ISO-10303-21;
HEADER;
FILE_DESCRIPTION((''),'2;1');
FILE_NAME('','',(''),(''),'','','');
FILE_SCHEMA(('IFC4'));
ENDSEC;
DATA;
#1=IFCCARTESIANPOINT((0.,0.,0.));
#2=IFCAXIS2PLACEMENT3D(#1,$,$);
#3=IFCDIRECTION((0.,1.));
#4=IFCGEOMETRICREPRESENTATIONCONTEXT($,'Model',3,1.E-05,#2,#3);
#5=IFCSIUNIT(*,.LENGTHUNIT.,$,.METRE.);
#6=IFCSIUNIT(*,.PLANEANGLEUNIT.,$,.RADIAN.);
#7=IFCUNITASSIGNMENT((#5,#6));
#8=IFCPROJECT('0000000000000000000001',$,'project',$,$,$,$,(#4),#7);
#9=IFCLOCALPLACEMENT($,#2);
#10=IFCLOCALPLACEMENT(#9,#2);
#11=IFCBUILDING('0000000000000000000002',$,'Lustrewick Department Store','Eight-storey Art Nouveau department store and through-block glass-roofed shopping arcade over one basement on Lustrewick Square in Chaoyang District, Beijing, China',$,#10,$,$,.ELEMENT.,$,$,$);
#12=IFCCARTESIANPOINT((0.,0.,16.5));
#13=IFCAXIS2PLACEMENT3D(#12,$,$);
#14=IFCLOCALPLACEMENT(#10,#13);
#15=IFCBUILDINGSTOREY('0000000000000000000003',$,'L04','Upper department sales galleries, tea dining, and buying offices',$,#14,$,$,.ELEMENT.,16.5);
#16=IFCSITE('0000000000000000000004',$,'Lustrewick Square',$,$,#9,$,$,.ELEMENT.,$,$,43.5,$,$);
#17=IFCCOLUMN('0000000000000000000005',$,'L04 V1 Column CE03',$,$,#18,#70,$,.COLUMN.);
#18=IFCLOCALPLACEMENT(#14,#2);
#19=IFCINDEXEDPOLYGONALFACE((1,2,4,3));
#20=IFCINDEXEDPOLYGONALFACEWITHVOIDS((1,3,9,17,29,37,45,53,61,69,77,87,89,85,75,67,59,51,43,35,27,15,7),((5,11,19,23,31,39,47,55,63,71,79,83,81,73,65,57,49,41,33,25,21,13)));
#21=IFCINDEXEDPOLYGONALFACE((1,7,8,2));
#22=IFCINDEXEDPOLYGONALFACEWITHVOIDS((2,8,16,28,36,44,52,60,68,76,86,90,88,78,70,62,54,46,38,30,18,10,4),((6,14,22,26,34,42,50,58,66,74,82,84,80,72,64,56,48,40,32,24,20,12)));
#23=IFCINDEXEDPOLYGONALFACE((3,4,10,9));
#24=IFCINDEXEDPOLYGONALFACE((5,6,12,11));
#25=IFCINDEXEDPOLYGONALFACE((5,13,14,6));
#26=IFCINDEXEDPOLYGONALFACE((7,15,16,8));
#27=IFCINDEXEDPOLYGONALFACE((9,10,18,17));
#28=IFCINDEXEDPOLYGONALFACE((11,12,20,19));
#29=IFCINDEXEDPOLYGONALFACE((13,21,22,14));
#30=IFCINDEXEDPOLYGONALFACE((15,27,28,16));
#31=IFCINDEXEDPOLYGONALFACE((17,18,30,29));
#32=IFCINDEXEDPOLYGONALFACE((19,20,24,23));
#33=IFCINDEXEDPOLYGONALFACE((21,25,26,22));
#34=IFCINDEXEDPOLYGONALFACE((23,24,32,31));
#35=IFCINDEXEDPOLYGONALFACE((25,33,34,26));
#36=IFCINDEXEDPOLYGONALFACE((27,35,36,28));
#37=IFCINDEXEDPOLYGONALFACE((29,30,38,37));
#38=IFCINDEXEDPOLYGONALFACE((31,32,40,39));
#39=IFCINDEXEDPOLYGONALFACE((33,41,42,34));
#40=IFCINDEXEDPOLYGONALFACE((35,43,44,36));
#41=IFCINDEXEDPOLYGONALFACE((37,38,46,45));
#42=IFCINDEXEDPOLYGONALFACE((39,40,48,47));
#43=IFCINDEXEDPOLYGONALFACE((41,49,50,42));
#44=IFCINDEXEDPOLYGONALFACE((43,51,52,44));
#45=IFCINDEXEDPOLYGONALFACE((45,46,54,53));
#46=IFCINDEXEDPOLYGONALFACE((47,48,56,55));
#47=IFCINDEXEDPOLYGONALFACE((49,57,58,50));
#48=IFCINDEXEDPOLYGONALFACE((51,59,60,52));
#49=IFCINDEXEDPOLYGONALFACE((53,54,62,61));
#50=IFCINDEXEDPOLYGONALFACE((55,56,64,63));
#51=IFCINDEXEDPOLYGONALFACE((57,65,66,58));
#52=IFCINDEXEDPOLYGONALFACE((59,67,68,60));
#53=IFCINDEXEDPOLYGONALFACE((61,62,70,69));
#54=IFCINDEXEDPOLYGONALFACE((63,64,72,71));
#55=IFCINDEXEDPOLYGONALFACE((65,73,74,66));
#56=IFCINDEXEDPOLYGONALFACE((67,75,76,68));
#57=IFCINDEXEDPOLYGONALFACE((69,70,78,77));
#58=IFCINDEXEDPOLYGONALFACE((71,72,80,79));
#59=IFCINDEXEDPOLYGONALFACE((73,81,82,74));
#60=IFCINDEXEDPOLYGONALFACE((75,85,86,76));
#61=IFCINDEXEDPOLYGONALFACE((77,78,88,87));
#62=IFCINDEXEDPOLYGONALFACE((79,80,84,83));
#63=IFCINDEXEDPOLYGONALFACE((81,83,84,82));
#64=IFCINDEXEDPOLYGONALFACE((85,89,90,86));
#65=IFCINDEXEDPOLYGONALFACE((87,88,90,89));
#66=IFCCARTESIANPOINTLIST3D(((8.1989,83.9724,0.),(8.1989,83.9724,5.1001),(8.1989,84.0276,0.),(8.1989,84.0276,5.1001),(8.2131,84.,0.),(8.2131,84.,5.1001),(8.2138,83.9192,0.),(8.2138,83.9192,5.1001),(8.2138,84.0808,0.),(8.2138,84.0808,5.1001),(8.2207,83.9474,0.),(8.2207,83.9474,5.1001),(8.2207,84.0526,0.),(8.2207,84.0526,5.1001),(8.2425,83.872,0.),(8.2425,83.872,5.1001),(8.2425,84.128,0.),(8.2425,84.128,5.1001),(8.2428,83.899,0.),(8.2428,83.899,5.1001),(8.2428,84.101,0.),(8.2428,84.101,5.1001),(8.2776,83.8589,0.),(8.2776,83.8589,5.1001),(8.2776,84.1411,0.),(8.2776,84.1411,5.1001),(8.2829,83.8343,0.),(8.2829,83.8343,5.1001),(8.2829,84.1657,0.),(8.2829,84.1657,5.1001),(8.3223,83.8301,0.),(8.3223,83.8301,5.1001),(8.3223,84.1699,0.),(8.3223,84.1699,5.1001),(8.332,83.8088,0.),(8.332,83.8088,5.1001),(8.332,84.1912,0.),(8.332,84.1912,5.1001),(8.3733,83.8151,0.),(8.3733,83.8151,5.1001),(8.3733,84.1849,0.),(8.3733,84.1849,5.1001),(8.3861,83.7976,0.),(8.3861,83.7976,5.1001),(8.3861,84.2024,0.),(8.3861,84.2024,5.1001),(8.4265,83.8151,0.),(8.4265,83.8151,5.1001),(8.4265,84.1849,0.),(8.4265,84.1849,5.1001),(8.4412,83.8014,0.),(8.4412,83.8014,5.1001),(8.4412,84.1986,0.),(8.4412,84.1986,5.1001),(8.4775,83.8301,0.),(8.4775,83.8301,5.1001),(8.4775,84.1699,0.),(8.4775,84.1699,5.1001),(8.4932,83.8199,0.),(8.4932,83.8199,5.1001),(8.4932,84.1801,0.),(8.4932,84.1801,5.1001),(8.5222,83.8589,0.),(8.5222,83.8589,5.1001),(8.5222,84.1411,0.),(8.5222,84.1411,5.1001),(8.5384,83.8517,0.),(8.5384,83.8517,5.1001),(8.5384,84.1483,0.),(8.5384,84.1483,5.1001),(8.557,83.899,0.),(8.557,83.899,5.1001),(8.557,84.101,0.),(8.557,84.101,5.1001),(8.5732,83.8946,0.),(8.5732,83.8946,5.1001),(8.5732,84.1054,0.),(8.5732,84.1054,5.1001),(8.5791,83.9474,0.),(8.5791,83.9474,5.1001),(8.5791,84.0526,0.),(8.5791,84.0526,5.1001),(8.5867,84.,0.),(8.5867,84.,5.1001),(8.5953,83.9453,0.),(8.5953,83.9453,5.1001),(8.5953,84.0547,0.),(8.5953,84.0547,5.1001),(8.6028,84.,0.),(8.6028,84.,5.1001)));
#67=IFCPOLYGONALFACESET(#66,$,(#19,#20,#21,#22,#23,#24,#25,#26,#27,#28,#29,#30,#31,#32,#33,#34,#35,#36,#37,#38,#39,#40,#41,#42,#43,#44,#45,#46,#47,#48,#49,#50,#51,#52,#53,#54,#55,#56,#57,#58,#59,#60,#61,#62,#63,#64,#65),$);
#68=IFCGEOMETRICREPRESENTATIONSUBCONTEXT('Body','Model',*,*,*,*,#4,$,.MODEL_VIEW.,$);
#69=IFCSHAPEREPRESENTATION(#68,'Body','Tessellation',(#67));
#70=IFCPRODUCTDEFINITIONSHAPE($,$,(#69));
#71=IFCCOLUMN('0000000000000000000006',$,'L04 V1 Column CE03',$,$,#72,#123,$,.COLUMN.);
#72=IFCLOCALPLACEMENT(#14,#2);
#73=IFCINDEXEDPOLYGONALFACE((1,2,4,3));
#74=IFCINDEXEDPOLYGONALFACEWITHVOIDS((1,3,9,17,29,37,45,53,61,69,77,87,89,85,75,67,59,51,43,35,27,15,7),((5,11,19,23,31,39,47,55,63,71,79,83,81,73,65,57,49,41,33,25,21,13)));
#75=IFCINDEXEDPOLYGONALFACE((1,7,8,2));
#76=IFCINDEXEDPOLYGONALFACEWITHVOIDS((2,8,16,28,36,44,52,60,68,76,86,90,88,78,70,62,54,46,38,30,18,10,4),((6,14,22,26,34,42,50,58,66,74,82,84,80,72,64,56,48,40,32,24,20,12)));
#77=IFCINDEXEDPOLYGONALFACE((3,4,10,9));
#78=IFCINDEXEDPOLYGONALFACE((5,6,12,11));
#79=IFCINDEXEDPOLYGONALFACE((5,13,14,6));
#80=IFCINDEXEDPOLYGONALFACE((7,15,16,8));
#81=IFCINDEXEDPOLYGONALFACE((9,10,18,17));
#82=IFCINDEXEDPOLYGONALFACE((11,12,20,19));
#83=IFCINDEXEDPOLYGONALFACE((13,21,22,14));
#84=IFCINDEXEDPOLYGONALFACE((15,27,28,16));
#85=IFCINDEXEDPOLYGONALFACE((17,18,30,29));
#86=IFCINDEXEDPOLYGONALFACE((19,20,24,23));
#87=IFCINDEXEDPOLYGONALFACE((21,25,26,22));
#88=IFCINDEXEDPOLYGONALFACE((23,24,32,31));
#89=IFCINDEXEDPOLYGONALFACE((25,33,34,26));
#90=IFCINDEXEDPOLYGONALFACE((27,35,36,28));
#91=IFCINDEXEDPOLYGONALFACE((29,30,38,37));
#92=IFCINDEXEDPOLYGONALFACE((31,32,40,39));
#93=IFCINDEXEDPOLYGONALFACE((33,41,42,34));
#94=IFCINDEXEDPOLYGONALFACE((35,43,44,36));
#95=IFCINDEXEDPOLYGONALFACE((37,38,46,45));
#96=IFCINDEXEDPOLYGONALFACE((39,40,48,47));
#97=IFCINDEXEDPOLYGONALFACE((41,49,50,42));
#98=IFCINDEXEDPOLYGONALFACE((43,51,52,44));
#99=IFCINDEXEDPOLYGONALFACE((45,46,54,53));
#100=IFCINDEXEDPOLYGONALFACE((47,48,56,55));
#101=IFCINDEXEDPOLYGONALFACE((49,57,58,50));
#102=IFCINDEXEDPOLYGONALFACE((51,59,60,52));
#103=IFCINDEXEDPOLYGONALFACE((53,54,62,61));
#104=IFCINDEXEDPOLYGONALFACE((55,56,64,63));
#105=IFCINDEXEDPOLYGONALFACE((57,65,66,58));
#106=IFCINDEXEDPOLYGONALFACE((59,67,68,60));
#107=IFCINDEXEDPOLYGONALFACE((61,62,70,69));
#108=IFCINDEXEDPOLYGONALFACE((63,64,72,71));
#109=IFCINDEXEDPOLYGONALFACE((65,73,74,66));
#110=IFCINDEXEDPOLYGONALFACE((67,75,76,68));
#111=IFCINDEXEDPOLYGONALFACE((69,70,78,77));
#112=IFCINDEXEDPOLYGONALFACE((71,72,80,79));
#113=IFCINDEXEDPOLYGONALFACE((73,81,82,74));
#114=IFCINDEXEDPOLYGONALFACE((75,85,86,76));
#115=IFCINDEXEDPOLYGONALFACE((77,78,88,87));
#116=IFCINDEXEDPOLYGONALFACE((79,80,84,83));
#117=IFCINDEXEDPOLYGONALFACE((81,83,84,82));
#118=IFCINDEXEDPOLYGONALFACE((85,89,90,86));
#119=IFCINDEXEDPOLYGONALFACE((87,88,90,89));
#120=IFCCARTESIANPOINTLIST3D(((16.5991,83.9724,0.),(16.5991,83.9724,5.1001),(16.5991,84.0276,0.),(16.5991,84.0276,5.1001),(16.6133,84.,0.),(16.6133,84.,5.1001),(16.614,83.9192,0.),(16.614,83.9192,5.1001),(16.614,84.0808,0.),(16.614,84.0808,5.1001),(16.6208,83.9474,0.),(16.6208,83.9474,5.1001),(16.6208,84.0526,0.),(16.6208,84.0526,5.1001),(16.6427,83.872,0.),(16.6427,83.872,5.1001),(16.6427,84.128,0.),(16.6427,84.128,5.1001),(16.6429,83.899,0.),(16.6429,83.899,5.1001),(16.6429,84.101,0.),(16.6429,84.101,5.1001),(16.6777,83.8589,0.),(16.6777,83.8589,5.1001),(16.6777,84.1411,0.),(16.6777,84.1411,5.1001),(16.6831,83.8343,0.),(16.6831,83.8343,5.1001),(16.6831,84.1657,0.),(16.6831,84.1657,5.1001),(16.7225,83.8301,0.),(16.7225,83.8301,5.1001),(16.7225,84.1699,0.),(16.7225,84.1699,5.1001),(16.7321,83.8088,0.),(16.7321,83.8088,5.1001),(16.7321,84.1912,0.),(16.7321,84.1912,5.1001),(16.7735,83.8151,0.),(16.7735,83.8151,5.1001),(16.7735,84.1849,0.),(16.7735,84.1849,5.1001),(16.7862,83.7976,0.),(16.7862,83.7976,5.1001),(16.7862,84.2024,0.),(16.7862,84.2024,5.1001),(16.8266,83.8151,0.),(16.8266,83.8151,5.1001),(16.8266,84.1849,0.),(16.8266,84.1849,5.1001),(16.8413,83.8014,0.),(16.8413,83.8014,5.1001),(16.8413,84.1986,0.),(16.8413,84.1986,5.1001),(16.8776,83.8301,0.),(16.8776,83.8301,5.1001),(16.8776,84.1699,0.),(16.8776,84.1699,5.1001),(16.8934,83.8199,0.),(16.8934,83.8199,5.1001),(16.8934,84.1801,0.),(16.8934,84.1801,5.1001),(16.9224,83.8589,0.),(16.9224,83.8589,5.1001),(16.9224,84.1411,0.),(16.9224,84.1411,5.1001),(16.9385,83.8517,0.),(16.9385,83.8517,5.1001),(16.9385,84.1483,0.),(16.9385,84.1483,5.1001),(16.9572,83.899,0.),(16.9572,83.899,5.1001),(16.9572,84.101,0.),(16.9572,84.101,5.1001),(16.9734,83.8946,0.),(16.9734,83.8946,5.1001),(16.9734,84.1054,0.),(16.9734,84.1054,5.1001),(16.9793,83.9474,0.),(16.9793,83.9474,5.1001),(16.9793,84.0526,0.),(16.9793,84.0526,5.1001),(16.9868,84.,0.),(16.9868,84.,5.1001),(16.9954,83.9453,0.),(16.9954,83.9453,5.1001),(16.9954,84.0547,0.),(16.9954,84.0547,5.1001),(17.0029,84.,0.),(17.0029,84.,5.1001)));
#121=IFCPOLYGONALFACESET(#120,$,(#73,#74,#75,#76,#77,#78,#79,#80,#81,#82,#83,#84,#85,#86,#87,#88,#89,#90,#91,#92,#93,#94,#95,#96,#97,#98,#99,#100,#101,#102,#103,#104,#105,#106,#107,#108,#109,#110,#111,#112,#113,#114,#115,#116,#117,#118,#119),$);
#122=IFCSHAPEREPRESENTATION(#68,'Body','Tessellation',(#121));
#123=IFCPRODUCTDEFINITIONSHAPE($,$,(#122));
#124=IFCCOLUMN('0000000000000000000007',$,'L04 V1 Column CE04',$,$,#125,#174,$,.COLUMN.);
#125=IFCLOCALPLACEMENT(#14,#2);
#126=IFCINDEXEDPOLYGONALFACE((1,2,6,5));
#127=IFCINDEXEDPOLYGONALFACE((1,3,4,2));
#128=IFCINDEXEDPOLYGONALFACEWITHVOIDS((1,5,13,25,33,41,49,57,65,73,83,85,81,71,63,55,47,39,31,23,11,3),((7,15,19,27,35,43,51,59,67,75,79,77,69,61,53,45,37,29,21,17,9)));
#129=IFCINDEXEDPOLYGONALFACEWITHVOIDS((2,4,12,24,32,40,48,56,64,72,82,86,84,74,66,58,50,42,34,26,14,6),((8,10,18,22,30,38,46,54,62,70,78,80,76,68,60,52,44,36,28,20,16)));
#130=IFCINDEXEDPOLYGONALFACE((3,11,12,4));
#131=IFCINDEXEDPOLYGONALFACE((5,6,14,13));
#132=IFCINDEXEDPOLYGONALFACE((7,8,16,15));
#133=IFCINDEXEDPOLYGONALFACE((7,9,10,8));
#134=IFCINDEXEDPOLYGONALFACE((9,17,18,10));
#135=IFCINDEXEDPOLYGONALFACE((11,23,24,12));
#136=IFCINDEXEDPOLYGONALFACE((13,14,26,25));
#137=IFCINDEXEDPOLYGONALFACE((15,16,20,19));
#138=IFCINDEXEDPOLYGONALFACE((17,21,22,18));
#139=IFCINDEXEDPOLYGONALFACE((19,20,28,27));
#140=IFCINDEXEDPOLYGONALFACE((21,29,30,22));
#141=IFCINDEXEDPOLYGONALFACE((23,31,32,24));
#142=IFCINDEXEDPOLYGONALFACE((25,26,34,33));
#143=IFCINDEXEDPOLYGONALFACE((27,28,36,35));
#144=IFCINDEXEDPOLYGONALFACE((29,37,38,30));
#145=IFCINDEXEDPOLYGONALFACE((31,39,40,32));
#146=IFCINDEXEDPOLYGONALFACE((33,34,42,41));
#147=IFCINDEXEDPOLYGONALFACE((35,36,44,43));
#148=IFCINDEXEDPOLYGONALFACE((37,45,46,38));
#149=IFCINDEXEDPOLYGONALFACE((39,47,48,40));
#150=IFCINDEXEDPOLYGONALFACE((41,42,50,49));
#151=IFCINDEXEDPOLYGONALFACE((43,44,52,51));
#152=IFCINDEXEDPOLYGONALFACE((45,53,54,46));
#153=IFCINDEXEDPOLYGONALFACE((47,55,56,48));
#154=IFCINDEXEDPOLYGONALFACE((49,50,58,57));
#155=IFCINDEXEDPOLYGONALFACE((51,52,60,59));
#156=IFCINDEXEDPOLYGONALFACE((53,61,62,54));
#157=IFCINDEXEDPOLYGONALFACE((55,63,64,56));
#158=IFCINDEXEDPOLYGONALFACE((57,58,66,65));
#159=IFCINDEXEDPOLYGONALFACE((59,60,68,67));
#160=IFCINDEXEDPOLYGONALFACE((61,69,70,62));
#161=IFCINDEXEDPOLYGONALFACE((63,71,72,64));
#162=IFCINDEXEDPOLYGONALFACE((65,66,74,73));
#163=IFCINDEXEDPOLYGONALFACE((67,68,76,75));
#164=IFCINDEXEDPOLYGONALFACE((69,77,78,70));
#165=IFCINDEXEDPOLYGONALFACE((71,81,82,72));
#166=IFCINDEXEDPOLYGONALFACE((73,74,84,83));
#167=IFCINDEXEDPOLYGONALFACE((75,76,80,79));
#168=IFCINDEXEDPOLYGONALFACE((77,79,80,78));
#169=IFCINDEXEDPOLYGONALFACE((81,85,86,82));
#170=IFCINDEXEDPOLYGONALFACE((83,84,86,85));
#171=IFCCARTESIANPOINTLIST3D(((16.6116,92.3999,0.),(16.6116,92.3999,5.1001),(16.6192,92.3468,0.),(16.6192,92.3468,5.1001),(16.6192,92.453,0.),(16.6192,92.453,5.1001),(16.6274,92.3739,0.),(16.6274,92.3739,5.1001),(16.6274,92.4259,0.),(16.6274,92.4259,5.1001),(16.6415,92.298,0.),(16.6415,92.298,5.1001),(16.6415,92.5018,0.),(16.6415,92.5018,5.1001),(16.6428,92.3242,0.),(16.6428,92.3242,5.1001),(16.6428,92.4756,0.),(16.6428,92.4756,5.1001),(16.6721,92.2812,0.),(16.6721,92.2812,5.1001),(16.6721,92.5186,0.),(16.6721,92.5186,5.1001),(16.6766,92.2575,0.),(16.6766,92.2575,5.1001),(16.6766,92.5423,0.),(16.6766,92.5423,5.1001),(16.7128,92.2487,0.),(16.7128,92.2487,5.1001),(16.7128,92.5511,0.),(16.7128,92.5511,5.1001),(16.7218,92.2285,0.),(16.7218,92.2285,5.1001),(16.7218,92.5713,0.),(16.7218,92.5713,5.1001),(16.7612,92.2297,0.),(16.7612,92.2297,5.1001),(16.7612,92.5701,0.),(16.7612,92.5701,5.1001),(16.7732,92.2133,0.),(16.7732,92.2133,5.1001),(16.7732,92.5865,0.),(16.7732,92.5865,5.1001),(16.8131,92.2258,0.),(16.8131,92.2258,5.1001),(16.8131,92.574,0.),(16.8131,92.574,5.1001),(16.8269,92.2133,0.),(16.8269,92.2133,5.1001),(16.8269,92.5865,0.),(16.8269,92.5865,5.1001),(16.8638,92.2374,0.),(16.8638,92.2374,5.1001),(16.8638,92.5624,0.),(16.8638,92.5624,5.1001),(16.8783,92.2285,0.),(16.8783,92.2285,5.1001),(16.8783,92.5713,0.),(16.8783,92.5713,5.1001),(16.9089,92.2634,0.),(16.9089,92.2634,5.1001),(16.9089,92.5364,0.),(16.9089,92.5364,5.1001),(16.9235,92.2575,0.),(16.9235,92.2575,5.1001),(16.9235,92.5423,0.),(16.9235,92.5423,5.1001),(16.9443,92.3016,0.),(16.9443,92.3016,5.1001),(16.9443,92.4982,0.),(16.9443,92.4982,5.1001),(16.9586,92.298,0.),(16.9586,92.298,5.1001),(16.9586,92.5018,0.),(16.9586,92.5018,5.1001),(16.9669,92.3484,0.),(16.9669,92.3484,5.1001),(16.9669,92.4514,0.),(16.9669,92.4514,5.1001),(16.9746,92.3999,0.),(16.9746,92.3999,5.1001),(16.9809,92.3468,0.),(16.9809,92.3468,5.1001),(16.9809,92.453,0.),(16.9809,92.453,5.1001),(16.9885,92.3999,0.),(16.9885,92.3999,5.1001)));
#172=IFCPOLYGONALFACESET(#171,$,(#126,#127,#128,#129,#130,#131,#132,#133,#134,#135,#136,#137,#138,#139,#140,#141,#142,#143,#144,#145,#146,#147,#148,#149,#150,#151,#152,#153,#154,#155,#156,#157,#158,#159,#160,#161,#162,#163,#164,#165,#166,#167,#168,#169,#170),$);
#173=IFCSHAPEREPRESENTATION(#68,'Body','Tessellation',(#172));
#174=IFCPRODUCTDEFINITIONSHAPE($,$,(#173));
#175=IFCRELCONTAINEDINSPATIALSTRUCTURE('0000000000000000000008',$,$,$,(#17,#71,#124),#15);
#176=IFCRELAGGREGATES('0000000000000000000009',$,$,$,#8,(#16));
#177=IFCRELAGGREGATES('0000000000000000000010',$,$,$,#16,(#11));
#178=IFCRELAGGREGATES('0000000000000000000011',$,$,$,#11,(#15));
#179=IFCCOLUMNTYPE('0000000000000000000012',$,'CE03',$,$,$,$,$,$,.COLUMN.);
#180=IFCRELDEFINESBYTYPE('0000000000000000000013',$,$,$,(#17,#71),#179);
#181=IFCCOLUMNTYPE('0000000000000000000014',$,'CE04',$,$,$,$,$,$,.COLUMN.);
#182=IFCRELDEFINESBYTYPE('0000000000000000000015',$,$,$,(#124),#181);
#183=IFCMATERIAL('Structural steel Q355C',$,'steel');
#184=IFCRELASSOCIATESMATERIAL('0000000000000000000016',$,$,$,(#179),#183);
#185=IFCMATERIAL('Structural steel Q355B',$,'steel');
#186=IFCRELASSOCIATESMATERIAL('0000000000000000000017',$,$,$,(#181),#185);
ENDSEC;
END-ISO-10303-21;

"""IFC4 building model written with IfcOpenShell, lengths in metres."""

from ifc_helpers import new_model, si_unit, direction, frame, origin, origin_2d, place, context, subcontext, project, spatial, hollow_circle, extrude, material, material_profile, profile_set, type_object, element, save


model = new_model("IFC4")

# Units and contexts
model_context = context("Model", 3, precision=1e-05, world=origin(), true_north=direction((0.0, 1.0)))
body_context = subcontext(model_context, "Body", "Model", "MODEL_VIEW")
ifc_project = project(units=[si_unit("LENGTHUNIT", "METRE"), si_unit("PLANEANGLEUNIT", "RADIAN")], contexts=[model_context])

# Site, building, storey
site_placement = place(None, origin())
site = spatial("IfcSite", under=ifc_project, at=site_placement, Name="Lustrewick Square", CompositionType="ELEMENT", RefElevation=43.5)
building_placement = place(site_placement, origin())
building = spatial("IfcBuilding", under=site, at=building_placement, Name="Lustrewick Department Store", Description="Eight-storey Art Nouveau department store and through-block glass-roofed shopping arcade over one basement on Lustrewick Square in Chaoyang District, Beijing, China", CompositionType="ELEMENT")
storey_placement = place(building_placement, frame((0.0, 0.0, 16.5)))
storey = spatial("IfcBuildingStorey", under=building, at=storey_placement, Name="L04", Description="Upper department sales galleries, tea dining, and buying offices", CompositionType="ELEMENT", Elevation=16.5)

# Columns
ifc_material_1 = material(Name="Structural steel Q355C", Category="steel")
ifc_material_profile_1 = material_profile(ifc_material_1, hollow_circle(Radius=0.2029, WallThickness=0.0161, at=origin_2d()), Name="CHS 406x16")
ifc_profile_set_1 = profile_set([ifc_material_profile_1], Name="Structural steel Q355C")
column_type_1 = type_object("IfcColumnType", Name="CE03", PredefinedType="COLUMN", material=ifc_profile_set_1)
for number, where, z_axis, x_axis, name in (
    (1, (8.3999, 84.0, 0.0), (0.0, 0.0, 1.0), (1.0, 0.0, 0.0), "L04 V1 Column CE03"),
    (2, (16.8, 84.0, 0.0), (0.0, 0.0, 1.0), (1.0, 0.0, 0.0), "L04 V1 Column CE03"),
):
    element("IfcColumn", number, at=place(storey_placement, frame(where, z_axis=z_axis, x_axis=x_axis)), inside=storey, type_object=column_type_1, Name=name, PredefinedType="COLUMN", context=body_context, shape_type="SweptSolid", body=[
        extrude(hollow_circle(Radius=0.2029, WallThickness=0.0161, at=origin_2d()), origin(), (0.0, 0.0, 1.0), 5.1001),
    ])
ifc_material_2 = material(Name="Structural steel Q355B", Category="steel")
ifc_material_profile_2 = material_profile(ifc_material_2, hollow_circle(Radius=0.1885, WallThickness=0.0139, at=origin_2d()), Name="CHS 377x14")
ifc_profile_set_2 = profile_set([ifc_material_profile_2], Name="Structural steel Q355B")
column_type_2 = type_object("IfcColumnType", Name="CE04", PredefinedType="COLUMN", material=ifc_profile_set_2)
column_placement = place(storey_placement, frame((16.8, 92.3999, 0.0), z_axis=(0.0, 0.0, 1.0), x_axis=(1.0, 0.0, 0.0)))
element("IfcColumn", 3, at=column_placement, inside=storey, type_object=column_type_2, Name="L04 V1 Column CE04", PredefinedType="COLUMN", context=body_context, shape_type="SweptSolid", body=[
    extrude(hollow_circle(Radius=0.1885, WallThickness=0.0139, at=origin_2d()), origin(), (0.0, 0.0, 1.0), 5.1001),
])

save(model, "model.ifc")
